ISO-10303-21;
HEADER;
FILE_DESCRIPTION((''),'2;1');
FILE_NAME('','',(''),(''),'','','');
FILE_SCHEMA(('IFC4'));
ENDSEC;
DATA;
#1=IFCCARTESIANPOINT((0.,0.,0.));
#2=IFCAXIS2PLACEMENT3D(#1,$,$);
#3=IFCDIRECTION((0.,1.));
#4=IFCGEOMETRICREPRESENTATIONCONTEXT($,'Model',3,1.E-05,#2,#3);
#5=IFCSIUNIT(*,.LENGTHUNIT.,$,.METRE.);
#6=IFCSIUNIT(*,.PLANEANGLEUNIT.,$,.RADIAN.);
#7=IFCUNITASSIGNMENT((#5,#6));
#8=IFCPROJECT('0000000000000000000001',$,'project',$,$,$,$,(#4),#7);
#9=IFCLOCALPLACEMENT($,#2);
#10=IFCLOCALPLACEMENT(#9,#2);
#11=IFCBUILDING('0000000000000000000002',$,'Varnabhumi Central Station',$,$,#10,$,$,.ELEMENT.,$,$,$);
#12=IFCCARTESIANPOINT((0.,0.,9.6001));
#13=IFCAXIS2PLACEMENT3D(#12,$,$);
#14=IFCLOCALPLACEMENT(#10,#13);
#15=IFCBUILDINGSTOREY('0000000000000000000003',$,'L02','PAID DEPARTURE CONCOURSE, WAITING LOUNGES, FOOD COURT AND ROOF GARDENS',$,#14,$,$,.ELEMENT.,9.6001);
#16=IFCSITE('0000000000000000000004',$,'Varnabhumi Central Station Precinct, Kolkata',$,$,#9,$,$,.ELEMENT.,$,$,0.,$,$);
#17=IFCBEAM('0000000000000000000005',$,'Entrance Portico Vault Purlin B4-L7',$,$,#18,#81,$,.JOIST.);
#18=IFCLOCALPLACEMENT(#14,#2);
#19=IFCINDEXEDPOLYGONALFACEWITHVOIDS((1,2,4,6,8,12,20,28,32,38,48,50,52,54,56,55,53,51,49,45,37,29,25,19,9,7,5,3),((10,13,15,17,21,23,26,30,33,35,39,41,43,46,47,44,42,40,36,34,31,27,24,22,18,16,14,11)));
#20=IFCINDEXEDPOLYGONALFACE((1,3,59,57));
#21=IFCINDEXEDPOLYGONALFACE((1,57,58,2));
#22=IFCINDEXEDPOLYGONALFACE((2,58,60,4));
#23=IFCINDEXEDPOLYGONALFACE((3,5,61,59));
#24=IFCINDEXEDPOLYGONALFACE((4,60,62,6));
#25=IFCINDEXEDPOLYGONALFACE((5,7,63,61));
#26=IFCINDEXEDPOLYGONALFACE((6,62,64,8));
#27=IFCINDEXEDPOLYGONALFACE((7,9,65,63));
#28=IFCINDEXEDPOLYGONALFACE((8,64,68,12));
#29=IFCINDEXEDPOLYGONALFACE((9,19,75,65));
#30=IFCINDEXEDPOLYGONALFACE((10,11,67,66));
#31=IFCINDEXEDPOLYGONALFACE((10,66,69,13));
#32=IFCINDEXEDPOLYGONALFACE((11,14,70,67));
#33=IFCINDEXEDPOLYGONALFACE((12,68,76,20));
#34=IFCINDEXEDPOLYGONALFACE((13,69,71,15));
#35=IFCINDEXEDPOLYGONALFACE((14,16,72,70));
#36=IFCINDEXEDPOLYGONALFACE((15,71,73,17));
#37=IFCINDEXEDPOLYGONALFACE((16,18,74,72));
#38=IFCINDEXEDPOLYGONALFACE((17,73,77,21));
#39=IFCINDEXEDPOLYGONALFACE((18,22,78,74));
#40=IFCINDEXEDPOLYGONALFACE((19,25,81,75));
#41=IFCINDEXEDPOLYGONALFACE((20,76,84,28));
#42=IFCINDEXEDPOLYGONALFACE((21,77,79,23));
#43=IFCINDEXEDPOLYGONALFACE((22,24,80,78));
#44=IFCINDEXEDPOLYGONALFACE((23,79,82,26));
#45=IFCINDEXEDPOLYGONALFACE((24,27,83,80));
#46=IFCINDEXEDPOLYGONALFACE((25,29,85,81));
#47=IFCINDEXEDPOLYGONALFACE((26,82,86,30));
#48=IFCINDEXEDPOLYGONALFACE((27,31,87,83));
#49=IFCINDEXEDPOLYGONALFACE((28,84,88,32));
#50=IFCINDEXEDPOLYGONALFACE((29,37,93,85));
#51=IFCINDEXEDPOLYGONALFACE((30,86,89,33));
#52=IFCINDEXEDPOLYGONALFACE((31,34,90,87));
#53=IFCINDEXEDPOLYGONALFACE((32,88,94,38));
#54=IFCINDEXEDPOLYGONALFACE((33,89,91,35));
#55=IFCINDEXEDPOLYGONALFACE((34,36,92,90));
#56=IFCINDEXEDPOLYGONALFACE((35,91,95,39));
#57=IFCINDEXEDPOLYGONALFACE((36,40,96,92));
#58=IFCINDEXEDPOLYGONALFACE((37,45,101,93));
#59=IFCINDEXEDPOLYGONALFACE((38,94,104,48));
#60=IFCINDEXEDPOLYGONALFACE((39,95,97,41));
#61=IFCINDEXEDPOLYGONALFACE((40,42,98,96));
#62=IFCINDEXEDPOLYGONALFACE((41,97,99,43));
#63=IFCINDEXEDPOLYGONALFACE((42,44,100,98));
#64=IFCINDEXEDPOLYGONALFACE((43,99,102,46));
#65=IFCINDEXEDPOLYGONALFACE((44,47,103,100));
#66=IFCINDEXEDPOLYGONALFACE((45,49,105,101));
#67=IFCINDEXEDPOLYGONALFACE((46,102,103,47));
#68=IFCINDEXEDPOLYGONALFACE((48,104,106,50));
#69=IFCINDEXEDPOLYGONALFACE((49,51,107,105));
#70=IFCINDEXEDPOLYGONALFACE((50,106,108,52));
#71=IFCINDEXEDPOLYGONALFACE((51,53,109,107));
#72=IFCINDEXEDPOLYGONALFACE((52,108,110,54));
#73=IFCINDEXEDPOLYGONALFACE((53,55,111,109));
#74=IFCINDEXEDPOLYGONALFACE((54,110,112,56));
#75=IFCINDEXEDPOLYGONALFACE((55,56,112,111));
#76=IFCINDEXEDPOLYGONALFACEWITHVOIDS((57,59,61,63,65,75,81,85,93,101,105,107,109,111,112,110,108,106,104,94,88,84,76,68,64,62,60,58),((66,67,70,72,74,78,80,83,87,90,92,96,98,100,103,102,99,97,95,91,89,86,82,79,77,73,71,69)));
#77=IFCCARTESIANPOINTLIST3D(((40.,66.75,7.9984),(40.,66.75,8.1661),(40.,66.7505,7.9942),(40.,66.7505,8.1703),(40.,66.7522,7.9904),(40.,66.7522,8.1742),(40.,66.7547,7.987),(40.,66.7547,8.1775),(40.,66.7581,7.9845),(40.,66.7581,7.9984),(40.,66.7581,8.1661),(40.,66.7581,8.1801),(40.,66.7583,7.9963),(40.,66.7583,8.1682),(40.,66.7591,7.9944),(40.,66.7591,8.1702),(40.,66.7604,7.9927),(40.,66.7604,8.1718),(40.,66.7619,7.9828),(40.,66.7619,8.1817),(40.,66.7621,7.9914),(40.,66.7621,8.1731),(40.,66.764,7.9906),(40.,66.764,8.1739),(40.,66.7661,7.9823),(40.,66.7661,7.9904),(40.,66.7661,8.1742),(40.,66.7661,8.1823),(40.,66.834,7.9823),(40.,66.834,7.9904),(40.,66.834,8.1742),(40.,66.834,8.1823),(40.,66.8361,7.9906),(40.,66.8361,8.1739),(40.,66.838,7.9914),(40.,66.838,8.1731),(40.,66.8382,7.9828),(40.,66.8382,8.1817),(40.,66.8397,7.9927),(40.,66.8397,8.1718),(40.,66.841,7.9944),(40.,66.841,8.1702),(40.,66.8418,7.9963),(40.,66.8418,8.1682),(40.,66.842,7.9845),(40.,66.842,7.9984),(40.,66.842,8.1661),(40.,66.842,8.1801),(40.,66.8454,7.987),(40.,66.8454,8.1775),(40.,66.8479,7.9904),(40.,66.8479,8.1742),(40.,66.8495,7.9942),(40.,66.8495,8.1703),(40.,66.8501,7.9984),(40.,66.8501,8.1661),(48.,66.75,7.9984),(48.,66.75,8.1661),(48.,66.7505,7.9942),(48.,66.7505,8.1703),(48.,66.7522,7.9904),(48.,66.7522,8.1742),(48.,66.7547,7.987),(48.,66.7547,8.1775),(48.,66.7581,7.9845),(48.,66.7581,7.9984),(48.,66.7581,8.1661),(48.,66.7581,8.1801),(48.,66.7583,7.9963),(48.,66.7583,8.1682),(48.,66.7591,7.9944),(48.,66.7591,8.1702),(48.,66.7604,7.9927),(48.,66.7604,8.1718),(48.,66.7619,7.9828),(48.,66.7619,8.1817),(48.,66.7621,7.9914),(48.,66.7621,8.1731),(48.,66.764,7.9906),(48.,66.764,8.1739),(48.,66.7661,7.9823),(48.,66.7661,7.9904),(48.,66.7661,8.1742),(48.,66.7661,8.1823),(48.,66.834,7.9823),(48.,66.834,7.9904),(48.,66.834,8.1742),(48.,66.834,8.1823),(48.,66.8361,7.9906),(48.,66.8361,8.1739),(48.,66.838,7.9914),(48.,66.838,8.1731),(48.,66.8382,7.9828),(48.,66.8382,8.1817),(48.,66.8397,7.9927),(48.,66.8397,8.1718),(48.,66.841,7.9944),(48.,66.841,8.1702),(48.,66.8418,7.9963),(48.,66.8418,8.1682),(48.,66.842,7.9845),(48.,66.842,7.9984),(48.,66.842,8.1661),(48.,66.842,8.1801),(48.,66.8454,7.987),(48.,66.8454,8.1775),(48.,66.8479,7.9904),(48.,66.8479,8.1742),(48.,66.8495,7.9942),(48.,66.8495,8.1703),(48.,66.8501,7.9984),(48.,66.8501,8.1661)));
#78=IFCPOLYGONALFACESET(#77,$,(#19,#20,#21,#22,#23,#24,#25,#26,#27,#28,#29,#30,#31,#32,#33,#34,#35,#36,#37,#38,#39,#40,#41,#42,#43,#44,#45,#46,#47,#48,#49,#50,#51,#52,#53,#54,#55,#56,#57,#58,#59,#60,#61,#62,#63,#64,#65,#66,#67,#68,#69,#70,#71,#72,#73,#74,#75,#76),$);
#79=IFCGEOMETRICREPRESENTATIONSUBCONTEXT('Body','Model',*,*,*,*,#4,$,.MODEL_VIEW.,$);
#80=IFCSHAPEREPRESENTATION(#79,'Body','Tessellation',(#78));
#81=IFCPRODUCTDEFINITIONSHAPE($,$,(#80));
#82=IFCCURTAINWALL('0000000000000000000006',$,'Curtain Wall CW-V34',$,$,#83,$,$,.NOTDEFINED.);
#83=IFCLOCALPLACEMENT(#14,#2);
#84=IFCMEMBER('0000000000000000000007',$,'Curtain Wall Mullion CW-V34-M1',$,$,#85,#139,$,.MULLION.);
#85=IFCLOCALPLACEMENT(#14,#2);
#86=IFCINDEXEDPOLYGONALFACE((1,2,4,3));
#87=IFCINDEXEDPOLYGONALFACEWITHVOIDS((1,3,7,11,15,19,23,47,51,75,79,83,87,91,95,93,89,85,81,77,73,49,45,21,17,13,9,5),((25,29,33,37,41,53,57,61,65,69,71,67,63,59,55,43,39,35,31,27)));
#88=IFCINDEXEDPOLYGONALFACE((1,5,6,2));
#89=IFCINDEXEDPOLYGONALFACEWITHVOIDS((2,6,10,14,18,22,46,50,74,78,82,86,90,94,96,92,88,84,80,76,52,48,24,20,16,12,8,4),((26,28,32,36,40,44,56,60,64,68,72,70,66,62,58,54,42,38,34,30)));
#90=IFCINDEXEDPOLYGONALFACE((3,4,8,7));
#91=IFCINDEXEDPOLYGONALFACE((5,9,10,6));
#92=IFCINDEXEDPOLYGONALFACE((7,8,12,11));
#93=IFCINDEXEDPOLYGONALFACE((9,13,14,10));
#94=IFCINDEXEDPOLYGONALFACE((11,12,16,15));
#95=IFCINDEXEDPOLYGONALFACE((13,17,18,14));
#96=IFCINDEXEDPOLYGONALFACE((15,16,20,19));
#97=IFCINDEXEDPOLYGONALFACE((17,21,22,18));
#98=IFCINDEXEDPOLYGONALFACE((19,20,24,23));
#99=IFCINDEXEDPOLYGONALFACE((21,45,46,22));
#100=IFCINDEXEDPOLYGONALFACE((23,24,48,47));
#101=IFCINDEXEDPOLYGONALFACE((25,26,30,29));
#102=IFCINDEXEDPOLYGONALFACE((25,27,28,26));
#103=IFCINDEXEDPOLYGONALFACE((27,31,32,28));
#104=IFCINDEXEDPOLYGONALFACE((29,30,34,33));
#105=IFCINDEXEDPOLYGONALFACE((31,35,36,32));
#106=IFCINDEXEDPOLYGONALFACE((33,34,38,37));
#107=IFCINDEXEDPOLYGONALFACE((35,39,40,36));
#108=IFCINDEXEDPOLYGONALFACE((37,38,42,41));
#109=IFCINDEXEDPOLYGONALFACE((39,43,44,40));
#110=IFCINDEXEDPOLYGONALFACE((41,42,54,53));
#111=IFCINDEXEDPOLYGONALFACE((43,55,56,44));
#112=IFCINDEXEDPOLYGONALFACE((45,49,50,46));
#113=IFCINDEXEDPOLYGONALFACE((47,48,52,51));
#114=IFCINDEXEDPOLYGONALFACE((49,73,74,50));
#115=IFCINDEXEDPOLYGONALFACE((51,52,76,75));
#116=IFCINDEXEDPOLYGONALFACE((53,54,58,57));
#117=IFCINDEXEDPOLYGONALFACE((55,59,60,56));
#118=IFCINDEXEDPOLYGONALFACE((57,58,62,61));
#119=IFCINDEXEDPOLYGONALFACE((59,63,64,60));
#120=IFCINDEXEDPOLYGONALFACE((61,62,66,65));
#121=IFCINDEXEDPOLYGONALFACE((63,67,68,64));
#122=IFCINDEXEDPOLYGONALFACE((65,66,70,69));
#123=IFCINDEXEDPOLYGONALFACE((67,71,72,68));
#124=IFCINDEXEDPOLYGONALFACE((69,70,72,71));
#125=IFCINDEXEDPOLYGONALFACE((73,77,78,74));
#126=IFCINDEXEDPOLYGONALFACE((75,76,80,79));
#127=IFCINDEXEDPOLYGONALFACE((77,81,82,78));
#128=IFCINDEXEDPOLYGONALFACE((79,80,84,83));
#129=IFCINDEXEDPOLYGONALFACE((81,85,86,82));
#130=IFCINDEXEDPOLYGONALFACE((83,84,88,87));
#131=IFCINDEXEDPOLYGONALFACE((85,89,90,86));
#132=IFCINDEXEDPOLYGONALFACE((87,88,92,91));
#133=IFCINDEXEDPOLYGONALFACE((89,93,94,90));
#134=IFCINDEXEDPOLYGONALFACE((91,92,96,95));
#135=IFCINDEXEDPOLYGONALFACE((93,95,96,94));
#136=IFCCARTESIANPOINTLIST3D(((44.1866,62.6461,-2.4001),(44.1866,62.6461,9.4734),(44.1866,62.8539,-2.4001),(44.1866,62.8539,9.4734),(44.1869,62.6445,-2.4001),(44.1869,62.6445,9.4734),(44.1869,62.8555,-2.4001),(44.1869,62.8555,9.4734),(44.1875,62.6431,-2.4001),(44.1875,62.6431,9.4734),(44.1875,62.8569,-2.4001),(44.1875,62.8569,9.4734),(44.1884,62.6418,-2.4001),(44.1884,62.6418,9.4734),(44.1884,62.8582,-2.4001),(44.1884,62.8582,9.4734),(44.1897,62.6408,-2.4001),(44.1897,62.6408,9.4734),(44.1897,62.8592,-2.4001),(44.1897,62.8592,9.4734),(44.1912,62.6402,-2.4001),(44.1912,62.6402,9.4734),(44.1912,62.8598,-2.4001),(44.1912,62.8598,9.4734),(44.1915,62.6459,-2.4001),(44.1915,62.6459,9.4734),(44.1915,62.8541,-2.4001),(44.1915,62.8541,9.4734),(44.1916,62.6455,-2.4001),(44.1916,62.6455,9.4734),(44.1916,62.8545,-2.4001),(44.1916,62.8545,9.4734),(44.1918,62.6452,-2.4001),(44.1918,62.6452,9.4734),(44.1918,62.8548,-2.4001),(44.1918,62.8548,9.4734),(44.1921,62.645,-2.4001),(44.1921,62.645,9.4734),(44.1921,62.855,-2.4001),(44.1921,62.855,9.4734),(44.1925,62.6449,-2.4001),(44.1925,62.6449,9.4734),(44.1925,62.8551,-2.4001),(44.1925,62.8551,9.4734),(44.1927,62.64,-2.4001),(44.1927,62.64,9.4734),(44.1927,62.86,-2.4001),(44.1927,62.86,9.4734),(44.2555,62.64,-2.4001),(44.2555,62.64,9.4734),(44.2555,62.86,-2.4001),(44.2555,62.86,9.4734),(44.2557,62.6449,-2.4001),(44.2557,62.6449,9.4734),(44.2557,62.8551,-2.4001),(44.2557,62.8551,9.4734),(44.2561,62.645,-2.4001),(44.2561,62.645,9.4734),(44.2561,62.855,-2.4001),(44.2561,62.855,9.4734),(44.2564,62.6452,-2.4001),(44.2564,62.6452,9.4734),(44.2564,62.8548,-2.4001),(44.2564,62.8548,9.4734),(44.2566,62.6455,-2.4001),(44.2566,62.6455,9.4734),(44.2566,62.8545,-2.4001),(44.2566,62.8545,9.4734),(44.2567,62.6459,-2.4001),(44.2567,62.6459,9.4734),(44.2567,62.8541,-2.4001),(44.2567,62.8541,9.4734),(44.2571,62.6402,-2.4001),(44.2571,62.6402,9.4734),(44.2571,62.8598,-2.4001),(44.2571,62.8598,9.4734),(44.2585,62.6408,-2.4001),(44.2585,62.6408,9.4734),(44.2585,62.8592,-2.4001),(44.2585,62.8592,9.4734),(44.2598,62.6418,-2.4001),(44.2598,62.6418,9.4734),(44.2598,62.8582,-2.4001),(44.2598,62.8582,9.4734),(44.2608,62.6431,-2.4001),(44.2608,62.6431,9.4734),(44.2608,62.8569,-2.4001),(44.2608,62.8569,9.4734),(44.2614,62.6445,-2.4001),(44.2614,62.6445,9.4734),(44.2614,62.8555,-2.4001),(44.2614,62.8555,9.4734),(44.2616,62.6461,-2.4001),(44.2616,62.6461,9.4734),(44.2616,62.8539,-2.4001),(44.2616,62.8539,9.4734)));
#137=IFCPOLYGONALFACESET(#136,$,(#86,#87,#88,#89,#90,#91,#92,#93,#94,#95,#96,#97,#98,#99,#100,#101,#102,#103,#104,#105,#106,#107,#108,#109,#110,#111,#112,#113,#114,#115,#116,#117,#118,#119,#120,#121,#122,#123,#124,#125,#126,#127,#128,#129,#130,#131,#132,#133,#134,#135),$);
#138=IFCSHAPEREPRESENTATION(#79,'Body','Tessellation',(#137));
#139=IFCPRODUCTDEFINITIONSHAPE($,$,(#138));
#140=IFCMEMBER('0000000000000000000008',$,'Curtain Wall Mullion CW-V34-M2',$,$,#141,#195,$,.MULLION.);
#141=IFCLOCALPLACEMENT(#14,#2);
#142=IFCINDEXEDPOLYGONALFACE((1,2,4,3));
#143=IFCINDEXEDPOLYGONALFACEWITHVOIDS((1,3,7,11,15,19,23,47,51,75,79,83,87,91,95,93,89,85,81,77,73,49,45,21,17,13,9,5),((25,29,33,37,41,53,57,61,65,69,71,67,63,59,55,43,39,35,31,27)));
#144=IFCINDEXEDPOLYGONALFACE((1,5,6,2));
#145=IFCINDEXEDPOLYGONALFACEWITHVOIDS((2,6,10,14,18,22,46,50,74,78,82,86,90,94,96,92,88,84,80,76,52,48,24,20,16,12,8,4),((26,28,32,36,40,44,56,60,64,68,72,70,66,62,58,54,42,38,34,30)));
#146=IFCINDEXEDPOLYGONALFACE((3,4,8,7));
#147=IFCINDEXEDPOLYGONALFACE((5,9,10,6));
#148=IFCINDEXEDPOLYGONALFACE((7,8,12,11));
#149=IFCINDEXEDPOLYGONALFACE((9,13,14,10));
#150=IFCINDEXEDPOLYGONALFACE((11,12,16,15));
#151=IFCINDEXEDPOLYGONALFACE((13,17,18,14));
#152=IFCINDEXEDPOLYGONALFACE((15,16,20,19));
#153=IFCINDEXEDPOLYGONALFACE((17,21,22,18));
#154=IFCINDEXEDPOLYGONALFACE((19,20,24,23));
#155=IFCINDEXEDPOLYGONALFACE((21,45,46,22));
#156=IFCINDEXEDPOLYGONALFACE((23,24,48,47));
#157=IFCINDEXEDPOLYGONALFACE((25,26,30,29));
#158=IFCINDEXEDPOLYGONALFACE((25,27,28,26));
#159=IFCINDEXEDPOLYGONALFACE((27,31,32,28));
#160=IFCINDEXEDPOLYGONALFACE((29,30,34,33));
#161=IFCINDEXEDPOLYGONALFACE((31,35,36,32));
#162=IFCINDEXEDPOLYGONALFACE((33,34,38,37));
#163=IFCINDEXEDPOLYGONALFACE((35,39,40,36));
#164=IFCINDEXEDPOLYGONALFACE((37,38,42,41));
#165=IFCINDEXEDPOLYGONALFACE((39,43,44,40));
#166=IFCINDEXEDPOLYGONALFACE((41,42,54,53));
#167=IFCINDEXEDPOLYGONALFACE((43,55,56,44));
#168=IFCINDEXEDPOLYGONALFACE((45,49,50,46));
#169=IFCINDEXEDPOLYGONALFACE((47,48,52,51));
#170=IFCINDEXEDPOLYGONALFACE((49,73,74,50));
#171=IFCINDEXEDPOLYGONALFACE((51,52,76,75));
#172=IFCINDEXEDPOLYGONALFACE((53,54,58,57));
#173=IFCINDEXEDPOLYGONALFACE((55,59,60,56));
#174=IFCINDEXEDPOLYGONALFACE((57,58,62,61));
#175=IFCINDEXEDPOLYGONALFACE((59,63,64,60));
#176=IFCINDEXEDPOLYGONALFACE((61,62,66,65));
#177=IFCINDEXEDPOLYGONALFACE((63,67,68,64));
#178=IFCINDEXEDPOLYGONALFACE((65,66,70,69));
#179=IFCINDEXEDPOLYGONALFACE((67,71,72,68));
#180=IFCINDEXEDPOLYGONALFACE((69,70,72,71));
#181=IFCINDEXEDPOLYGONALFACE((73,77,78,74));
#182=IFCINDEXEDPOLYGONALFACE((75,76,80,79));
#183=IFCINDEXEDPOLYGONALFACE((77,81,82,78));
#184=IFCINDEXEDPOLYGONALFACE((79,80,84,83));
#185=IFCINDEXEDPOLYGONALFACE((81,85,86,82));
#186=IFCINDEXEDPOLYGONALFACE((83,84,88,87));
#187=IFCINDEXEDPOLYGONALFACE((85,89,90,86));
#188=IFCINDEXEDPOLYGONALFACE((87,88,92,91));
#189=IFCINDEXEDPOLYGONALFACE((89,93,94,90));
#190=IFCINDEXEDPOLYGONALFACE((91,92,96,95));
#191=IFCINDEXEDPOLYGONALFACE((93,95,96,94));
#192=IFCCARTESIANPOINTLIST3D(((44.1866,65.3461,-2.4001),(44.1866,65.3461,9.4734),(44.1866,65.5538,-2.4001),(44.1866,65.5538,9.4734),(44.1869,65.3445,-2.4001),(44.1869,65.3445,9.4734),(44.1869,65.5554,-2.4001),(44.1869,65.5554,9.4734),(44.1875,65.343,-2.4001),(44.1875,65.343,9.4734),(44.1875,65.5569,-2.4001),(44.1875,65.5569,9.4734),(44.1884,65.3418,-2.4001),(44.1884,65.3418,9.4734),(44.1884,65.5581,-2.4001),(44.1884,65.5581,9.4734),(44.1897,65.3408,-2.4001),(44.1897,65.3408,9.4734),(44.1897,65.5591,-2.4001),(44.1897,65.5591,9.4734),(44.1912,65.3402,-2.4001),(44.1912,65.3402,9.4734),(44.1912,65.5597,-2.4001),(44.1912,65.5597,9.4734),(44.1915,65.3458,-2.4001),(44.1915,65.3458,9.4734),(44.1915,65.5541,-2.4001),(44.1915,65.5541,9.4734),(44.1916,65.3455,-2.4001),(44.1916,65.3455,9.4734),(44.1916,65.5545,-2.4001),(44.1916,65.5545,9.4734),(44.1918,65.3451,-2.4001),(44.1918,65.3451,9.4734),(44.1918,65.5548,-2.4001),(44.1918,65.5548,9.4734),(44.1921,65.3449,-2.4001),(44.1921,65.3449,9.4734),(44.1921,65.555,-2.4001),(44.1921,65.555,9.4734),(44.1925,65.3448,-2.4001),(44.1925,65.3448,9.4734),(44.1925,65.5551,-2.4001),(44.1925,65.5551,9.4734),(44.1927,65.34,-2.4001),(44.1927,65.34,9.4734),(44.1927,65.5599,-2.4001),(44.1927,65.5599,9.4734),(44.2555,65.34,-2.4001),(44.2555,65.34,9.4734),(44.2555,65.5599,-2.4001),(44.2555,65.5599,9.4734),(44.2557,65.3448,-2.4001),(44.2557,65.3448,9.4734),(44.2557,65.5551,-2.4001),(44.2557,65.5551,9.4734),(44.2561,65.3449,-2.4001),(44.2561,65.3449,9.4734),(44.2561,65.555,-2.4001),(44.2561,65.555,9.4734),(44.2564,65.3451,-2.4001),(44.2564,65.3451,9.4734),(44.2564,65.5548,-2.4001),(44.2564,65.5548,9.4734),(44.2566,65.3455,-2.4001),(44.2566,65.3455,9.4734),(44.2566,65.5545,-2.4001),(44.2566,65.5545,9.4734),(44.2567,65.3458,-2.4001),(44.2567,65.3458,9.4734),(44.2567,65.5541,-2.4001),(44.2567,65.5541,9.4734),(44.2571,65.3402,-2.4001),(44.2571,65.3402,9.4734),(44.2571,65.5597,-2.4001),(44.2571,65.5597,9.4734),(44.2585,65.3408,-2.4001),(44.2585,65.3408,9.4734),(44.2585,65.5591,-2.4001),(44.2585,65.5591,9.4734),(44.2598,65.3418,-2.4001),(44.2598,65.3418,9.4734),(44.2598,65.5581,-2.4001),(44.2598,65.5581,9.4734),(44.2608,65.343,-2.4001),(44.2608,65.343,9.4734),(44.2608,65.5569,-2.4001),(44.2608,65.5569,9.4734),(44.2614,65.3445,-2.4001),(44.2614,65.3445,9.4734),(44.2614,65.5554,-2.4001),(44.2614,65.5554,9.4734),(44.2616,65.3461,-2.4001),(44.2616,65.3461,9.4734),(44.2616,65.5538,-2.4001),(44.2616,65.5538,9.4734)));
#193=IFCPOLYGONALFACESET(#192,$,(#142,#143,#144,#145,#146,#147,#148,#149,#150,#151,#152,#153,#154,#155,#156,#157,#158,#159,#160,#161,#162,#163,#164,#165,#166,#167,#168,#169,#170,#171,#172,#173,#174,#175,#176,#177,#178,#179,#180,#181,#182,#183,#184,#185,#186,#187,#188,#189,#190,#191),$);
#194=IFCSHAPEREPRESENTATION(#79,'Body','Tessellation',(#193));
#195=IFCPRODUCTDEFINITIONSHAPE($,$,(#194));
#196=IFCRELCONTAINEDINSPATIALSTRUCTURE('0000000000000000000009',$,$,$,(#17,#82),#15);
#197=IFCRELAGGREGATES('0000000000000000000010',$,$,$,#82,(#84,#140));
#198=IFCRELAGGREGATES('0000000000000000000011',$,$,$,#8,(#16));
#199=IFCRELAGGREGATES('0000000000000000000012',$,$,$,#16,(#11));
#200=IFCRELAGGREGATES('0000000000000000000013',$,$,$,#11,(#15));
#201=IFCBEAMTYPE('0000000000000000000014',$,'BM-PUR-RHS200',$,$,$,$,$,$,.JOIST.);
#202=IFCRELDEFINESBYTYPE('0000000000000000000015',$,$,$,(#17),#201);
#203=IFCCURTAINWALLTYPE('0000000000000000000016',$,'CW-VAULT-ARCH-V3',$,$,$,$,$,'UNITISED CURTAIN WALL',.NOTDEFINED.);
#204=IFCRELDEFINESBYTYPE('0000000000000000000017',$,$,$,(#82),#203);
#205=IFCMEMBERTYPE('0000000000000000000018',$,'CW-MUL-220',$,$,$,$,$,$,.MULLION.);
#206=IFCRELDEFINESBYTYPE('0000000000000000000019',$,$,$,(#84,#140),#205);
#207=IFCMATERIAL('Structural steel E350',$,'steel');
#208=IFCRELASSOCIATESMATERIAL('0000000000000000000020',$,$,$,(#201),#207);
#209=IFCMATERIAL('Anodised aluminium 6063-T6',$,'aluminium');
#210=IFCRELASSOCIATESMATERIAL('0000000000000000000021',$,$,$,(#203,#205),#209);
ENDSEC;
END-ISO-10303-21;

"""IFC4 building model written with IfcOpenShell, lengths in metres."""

from ifc_helpers import new_model, si_unit, direction, frame, origin, origin_2d, place, context, subcontext, project, spatial, hollow_rectangle, extrude, material, material_profile, profile_set, type_object, element, aggregate, save


model = new_model("IFC4")

# Units and contexts
model_context = context("Model", 3, precision=1e-05, world=origin(), true_north=direction((0.0, 1.0)))
body_context = subcontext(model_context, "Body", "Model", "MODEL_VIEW")
ifc_project = project(units=[si_unit("LENGTHUNIT", "METRE"), si_unit("PLANEANGLEUNIT", "RADIAN")], contexts=[model_context])

# Site, building, storey
site_placement = place(None, origin())
site = spatial("IfcSite", under=ifc_project, at=site_placement, Name="Varnabhumi Central Station Precinct, Kolkata", CompositionType="ELEMENT", RefElevation=0.0)
building_placement = place(site_placement, origin())
building = spatial("IfcBuilding", under=site, at=building_placement, Name="Varnabhumi Central Station", CompositionType="ELEMENT")
storey_placement = place(building_placement, frame((0.0, 0.0, 9.6001)))
storey = spatial("IfcBuildingStorey", under=building, at=storey_placement, Name="L02", Description="PAID DEPARTURE CONCOURSE, WAITING LOUNGES, FOOD COURT AND ROOF GARDENS", CompositionType="ELEMENT", Elevation=9.6001)

# Beam
ifc_material_1 = material(Name="Structural steel E350", Category="steel")
ifc_material_profile_1 = material_profile(ifc_material_1, hollow_rectangle(XDim=0.1001, YDim=0.2, WallThickness=0.0081, InnerFilletRadius=0.0081, OuterFilletRadius=0.0161, at=origin_2d()), Name="Structural steel E350", Category="steel")
ifc_profile_set_1 = profile_set([ifc_material_profile_1], Name="Structural steel E350")
beam_type_1 = type_object("IfcBeamType", Name="BM-PUR-RHS200", PredefinedType="JOIST", material=ifc_profile_set_1)
for number, where, z_axis, x_axis, name in (
    (1, (40.0, 66.8, 8.0823), (1.0, 0.0, 0.0), (0.0, 1.0, 0.0), "Entrance Portico Vault Purlin B4-L7"),
):
    element("IfcBeam", number, at=place(storey_placement, frame(where, z_axis=z_axis, x_axis=x_axis)), inside=storey, type_object=beam_type_1, Name=name, PredefinedType="JOIST", context=body_context, shape_type="SweptSolid", body=[
        extrude(hollow_rectangle(XDim=0.1001, YDim=0.2, WallThickness=0.0081, InnerFilletRadius=0.0081, OuterFilletRadius=0.0161, at=origin_2d()), origin(), (0.0, 0.0, 1.0), 8.0),
    ])

# Curtain wall, members
ifc_material_2 = material(Name="Anodised aluminium 6063-T6", Category="aluminium")
curtain_wall_type = type_object("IfcCurtainWallType", Name="CW-VAULT-ARCH-V3", ElementType="UNITISED CURTAIN WALL", PredefinedType="NOTDEFINED", material=ifc_material_2)
curtain_wall_placement = place(storey_placement, origin())
curtain_wall = element("IfcCurtainWall", 2, at=curtain_wall_placement, inside=storey, type_object=curtain_wall_type, Name="Curtain Wall CW-V34", PredefinedType="NOTDEFINED")
ifc_material_profile_2 = material_profile(ifc_material_2, hollow_rectangle(XDim=0.075, YDim=0.22, WallThickness=0.0049, InnerFilletRadius=0.001, OuterFilletRadius=0.0061, at=origin_2d()), Name="Anodised aluminium 6063-T6", Category="aluminium")
ifc_profile_set_2 = profile_set([ifc_material_profile_2], Name="Anodised aluminium 6063-T6")
member_type_1 = type_object("IfcMemberType", Name="CW-MUL-220", PredefinedType="MULLION", material=ifc_profile_set_2)
member_1_placement = place(storey_placement, frame((44.2241, 62.75, -2.4001), z_axis=(0.0, 0.0, 1.0), x_axis=(1.0, 0.0, 0.0)))
member_1 = element("IfcMember", 3, at=member_1_placement, type_object=member_type_1, Name="Curtain Wall Mullion CW-V34-M1", PredefinedType="MULLION", context=body_context, shape_type="SweptSolid", body=[
    extrude(hollow_rectangle(XDim=0.075, YDim=0.22, WallThickness=0.0049, InnerFilletRadius=0.001, OuterFilletRadius=0.0061, at=origin_2d()), origin(), (0.0, 0.0, 1.0), 11.8735),
])
member_2_placement = place(storey_placement, frame((44.2241, 65.45, -2.4001), z_axis=(0.0, 0.0, 1.0), x_axis=(1.0, 0.0, 0.0)))
member_2 = element("IfcMember", 4, at=member_2_placement, type_object=member_type_1, Name="Curtain Wall Mullion CW-V34-M2", PredefinedType="MULLION", context=body_context, shape_type="SweptSolid", body=[
    extrude(hollow_rectangle(XDim=0.075, YDim=0.22, WallThickness=0.0049, InnerFilletRadius=0.001, OuterFilletRadius=0.0061, at=origin_2d()), origin(), (0.0, 0.0, 1.0), 11.8735),
])

aggregate(curtain_wall, [member_1, member_2])

save(model, "model.ifc")
